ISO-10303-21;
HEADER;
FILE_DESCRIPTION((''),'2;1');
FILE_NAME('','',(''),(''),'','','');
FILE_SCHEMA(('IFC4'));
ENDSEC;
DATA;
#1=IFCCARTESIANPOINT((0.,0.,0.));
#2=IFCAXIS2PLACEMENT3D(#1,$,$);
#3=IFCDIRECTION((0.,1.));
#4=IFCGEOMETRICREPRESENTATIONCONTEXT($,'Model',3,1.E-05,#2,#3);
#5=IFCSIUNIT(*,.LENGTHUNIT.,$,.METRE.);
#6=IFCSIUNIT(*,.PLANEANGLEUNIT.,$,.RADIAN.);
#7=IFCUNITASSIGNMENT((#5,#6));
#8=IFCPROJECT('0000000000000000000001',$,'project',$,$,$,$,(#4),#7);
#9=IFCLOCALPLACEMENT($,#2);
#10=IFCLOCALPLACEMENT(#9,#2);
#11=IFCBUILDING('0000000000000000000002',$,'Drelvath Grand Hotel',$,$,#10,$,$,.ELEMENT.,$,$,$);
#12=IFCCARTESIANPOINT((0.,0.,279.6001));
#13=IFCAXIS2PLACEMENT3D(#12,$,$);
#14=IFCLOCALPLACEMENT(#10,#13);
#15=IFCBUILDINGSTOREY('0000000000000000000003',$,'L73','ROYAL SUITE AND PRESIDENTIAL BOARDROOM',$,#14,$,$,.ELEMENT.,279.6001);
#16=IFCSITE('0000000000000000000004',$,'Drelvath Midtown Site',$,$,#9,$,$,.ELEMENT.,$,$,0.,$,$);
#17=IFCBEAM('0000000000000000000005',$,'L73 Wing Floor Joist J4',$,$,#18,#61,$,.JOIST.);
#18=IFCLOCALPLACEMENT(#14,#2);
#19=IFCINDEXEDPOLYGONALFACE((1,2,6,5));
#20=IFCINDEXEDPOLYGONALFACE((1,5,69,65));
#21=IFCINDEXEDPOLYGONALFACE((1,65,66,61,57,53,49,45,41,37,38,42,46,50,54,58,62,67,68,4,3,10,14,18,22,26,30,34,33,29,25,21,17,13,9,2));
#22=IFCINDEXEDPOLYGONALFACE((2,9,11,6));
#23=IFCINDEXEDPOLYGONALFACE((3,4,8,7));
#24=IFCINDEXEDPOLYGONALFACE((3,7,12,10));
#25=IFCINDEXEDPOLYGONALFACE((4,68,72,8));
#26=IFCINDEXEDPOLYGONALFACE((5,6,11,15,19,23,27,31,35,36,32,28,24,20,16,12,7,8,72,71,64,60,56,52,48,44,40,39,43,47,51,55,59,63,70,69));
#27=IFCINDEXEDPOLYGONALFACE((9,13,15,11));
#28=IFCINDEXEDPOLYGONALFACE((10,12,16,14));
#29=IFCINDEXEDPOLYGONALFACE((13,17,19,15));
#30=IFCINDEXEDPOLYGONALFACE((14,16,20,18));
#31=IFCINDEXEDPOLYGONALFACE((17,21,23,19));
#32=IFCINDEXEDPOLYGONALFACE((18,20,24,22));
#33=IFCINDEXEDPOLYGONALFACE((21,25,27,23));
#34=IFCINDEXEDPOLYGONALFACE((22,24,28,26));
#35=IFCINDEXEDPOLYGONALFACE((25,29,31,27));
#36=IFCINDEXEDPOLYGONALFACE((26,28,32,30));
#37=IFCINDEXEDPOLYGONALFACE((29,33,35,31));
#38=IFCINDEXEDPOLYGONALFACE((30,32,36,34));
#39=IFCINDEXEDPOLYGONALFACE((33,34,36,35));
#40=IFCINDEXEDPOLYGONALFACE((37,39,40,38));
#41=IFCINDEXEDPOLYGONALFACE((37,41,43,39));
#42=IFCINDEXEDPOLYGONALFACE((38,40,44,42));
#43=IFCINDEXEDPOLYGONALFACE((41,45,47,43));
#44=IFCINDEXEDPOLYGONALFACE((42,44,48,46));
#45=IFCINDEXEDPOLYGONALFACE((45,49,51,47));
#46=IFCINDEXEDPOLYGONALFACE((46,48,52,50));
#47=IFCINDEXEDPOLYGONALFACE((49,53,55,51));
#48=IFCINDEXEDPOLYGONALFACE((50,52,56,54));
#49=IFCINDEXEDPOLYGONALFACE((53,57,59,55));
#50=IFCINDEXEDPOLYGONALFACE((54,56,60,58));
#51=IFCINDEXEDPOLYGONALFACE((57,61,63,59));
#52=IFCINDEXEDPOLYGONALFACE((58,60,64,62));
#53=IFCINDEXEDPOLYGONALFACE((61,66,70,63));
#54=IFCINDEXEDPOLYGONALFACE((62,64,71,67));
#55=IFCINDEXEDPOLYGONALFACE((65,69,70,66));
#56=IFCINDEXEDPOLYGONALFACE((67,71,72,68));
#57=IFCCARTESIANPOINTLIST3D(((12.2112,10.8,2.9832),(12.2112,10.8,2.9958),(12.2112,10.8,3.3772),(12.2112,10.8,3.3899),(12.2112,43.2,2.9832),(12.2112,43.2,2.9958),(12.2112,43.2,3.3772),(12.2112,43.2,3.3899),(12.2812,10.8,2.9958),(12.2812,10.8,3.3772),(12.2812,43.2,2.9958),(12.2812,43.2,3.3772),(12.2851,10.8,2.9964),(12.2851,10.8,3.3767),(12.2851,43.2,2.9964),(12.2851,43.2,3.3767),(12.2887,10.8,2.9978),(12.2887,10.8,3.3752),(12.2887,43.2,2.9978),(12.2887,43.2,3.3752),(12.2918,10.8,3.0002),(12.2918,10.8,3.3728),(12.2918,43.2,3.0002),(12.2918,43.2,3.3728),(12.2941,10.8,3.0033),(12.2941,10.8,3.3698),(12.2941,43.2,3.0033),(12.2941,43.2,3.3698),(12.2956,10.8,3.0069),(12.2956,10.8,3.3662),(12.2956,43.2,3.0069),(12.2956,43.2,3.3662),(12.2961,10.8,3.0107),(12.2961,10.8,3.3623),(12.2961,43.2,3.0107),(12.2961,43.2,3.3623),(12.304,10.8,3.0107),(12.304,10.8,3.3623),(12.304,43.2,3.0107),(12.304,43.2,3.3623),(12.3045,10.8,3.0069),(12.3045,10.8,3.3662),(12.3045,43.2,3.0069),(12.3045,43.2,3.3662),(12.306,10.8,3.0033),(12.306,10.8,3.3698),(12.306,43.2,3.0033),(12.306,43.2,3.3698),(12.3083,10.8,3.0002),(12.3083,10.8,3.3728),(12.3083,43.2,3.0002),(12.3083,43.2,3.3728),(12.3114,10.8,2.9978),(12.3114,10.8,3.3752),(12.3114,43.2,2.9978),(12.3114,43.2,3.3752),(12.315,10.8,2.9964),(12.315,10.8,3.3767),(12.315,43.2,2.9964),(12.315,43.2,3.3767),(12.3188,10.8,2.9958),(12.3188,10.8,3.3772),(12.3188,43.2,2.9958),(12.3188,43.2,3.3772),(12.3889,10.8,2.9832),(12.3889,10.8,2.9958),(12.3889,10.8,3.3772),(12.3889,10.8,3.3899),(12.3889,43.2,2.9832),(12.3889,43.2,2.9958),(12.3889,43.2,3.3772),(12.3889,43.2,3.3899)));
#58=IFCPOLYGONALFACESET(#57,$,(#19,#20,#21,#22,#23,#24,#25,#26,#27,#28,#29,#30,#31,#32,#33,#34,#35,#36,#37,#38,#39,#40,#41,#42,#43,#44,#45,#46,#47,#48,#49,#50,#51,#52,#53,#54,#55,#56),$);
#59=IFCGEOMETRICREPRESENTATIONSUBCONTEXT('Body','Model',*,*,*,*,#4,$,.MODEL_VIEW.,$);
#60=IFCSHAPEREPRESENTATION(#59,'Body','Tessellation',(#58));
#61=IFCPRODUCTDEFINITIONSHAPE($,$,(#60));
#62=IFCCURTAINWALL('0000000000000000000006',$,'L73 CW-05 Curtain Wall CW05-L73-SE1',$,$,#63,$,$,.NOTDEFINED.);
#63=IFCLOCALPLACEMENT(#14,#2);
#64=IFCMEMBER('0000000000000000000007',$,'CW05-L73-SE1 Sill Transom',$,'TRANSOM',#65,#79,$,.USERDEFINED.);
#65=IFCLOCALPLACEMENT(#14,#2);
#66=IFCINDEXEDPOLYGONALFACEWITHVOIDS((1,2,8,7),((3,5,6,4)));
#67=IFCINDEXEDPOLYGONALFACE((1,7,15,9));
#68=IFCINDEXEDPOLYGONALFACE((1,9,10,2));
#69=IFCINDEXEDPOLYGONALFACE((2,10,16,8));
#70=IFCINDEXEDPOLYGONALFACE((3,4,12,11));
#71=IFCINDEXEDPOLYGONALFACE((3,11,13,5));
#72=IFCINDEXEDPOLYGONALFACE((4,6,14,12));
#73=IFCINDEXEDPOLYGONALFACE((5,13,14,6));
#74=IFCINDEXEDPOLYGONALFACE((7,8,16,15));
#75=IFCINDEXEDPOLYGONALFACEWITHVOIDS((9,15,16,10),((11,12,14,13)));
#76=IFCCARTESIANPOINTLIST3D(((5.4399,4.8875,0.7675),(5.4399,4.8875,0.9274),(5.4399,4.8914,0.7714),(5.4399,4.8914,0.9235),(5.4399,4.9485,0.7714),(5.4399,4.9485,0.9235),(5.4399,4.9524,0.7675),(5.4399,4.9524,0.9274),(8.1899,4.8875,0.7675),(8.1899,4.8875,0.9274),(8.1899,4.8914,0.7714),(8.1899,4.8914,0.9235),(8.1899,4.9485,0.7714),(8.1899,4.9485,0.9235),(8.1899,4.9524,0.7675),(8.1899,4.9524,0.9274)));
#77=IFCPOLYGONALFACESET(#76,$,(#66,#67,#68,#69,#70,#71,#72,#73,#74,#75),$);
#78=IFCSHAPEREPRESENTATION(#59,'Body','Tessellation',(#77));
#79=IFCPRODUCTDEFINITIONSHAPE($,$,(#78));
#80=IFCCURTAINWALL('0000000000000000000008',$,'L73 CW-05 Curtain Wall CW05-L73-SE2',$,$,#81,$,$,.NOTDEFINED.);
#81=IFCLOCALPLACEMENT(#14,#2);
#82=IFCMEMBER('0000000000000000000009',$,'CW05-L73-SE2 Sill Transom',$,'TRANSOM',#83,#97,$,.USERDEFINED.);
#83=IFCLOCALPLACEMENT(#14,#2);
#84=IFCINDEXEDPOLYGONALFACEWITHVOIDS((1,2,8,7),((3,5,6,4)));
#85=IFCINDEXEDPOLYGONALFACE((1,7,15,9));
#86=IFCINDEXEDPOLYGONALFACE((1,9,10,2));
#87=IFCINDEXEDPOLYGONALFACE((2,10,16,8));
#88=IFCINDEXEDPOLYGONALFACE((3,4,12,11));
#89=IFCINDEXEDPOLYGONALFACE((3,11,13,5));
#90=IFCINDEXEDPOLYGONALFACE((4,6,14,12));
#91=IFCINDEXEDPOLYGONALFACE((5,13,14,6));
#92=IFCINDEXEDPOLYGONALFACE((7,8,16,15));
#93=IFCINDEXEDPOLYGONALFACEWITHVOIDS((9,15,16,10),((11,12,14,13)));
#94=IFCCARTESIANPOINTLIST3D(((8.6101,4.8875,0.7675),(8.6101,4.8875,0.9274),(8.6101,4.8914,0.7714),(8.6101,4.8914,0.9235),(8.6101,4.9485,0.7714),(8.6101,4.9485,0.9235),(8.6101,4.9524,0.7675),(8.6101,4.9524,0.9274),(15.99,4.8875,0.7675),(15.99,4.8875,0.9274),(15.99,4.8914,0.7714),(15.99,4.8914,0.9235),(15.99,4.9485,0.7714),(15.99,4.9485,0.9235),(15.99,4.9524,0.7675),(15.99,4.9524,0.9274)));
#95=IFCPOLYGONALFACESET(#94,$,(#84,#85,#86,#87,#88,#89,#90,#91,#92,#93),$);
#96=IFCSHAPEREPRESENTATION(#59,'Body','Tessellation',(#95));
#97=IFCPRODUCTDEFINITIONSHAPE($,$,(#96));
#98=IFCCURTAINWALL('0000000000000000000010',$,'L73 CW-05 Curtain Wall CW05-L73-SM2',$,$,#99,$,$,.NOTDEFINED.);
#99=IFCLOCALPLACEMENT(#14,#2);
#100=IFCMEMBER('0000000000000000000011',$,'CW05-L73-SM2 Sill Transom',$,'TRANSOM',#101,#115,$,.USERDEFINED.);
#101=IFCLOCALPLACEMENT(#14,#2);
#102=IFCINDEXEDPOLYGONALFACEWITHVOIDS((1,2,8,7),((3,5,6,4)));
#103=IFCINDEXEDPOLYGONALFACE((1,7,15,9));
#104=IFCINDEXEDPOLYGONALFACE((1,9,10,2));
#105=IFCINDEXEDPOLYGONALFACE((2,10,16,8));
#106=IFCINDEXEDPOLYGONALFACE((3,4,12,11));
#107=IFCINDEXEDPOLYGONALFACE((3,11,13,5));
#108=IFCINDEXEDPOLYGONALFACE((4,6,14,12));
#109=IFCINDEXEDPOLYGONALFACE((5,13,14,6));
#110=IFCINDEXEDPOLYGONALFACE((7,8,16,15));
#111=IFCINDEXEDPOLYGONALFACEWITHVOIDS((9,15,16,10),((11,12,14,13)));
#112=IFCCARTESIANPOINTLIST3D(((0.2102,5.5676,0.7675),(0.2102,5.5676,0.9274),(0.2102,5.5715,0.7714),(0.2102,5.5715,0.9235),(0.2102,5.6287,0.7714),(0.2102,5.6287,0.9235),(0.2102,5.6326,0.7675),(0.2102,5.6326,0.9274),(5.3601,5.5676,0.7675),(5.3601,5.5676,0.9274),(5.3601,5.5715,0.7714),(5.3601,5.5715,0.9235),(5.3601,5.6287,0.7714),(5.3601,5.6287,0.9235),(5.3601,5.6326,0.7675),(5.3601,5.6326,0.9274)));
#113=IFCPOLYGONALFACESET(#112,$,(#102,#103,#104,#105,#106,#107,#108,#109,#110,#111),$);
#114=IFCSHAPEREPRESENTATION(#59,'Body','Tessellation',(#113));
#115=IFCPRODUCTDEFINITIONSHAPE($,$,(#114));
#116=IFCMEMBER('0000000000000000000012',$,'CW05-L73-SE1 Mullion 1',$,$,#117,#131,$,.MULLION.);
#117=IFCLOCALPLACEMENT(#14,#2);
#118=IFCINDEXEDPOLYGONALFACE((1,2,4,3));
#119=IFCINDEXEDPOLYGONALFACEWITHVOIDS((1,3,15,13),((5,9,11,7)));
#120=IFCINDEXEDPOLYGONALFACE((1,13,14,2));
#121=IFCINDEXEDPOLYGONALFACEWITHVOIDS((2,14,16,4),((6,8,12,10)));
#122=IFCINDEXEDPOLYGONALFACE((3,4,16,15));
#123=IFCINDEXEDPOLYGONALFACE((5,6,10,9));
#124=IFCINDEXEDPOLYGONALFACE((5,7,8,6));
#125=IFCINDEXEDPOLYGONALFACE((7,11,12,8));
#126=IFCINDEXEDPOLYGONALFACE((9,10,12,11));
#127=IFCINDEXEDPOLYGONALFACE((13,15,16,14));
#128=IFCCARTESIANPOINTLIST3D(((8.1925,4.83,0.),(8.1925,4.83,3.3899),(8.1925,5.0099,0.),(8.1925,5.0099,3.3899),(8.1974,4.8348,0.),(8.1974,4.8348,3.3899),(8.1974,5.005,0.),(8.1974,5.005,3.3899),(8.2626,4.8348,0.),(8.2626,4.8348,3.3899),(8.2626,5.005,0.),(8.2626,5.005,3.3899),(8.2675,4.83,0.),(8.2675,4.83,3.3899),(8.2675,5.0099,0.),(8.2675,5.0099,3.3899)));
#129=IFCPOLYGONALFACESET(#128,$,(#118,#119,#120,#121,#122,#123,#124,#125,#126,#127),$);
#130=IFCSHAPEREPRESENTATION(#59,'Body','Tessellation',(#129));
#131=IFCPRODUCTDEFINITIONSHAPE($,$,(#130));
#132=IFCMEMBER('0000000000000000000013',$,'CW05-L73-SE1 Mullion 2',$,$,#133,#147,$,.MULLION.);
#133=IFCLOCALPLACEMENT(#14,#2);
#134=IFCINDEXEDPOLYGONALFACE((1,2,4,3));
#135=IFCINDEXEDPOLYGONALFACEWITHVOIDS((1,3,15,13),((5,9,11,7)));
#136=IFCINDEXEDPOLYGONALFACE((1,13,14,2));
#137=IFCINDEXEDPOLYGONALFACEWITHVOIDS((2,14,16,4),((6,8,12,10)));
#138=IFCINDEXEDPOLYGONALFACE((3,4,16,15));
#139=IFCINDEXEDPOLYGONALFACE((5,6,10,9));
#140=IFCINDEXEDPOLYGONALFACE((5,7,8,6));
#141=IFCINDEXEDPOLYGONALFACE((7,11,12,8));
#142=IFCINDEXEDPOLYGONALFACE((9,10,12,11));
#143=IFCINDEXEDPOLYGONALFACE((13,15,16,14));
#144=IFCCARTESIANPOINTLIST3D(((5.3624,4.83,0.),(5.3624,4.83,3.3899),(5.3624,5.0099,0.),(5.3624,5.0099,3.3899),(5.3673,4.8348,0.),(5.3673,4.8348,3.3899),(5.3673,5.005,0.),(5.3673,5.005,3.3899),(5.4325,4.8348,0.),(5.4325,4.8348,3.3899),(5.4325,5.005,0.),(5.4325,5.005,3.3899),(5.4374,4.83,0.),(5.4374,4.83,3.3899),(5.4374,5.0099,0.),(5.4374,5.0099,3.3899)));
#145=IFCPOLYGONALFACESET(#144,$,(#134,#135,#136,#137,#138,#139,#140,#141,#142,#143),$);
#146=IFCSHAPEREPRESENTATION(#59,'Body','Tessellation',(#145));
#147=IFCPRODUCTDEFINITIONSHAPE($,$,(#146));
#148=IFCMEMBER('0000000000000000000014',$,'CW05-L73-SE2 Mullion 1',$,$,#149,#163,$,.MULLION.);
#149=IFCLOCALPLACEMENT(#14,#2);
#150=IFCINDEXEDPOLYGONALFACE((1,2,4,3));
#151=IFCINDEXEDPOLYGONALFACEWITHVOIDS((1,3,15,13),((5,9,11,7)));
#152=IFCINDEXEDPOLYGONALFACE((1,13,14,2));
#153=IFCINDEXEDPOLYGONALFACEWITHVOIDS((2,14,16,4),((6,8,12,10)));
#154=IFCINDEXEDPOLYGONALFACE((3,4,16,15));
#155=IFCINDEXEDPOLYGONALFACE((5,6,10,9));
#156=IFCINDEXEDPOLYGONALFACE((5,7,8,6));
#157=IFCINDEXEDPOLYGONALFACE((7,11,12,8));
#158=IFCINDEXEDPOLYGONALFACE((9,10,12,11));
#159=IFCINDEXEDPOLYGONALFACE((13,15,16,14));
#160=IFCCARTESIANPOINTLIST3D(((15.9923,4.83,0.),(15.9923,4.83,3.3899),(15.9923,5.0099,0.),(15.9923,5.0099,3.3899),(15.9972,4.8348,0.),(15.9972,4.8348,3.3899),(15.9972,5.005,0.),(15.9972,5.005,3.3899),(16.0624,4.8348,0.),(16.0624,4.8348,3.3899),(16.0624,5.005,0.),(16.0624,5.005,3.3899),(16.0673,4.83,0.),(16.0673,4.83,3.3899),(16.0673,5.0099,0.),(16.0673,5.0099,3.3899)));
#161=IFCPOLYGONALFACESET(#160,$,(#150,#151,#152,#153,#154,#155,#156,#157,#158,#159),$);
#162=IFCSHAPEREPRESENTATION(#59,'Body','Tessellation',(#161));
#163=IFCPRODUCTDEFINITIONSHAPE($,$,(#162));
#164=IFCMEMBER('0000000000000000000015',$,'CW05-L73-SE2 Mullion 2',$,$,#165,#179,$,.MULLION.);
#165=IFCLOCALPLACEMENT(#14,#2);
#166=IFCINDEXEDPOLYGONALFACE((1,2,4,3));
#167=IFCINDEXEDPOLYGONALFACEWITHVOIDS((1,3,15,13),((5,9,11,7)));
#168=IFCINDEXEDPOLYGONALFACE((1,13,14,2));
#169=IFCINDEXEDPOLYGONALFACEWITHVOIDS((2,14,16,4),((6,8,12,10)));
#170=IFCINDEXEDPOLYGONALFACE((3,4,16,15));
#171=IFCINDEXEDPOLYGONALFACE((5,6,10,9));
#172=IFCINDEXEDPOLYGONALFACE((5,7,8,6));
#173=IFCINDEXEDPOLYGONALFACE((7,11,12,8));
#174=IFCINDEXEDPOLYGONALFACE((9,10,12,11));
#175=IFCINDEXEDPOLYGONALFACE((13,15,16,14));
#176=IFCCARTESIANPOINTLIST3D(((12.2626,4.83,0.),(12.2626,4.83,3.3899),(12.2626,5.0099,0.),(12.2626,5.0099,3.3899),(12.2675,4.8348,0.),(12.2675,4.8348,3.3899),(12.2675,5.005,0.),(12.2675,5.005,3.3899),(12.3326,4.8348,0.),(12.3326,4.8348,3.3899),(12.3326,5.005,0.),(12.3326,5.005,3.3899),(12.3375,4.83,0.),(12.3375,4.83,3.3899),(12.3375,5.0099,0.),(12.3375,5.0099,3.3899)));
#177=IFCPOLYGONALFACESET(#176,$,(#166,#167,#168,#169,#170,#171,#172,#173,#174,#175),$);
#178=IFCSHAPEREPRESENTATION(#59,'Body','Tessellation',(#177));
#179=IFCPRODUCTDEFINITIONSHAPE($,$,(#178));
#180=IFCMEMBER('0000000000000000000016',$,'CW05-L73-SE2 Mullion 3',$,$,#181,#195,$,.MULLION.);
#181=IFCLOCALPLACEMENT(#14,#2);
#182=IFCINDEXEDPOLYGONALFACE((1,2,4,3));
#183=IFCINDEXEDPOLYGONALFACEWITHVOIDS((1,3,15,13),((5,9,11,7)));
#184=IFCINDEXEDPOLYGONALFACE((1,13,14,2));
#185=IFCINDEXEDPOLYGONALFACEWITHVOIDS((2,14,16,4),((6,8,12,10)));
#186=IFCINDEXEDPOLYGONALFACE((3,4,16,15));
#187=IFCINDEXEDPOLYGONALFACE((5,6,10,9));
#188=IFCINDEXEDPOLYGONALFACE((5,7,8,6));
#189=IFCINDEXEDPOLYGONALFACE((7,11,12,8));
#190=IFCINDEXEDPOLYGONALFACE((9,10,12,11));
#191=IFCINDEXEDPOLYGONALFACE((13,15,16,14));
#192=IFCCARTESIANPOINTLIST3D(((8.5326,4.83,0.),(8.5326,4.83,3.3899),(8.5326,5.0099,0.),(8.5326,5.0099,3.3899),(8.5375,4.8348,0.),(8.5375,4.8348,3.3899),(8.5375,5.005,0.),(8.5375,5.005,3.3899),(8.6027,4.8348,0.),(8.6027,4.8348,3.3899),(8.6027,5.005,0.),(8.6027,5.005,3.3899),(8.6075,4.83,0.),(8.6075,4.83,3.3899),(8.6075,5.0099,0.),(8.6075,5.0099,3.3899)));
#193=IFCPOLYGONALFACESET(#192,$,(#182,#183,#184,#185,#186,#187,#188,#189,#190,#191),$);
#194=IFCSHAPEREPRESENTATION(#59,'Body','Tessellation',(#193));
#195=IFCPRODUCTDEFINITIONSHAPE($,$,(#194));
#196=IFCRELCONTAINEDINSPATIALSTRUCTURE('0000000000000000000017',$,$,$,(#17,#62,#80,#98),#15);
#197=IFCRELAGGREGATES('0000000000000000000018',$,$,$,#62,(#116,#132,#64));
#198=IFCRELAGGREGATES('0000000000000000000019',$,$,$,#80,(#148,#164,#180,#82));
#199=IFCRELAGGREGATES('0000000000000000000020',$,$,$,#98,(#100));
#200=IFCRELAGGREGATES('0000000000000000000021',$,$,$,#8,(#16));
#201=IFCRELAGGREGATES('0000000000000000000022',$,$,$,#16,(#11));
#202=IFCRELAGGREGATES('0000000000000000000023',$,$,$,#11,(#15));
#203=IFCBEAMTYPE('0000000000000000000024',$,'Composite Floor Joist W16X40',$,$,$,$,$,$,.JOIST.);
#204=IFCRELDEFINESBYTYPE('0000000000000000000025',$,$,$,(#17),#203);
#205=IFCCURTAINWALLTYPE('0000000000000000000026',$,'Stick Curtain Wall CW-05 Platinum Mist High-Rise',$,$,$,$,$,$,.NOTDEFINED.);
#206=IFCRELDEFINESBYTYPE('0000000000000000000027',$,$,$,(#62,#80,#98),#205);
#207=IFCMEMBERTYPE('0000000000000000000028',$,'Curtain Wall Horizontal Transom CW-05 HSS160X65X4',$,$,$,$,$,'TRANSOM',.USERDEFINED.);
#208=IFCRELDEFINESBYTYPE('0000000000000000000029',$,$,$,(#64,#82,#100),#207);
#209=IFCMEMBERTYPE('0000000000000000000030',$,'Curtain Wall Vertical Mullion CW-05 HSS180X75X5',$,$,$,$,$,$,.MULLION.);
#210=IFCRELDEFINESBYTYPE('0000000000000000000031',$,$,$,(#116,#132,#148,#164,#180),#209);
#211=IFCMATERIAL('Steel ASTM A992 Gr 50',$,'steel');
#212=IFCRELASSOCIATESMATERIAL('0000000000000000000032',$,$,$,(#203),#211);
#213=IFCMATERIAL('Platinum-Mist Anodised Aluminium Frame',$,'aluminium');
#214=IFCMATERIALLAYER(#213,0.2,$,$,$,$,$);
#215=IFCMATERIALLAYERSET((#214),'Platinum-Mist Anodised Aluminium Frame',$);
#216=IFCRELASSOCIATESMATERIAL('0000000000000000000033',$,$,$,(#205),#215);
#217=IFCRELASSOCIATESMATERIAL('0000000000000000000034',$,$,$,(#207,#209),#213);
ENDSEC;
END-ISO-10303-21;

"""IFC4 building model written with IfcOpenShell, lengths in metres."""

from ifc_helpers import new_model, si_unit, direction, frame, origin, origin_2d, place, context, subcontext, project, spatial, hollow_rectangle, i_section, extrude, material, layer, layer_set, material_profile, profile_set, type_object, element, aggregate, save


model = new_model("IFC4")

# Units and contexts
model_context = context("Model", 3, precision=1e-05, world=origin(), true_north=direction((0.0, 1.0)))
body_context = subcontext(model_context, "Body", "Model", "MODEL_VIEW")
ifc_project = project(units=[si_unit("LENGTHUNIT", "METRE"), si_unit("PLANEANGLEUNIT", "RADIAN")], contexts=[model_context])

# Site, building, storey
site_placement = place(None, origin())
site = spatial("IfcSite", under=ifc_project, at=site_placement, Name="Drelvath Midtown Site", CompositionType="ELEMENT", RefElevation=0.0)
building_placement = place(site_placement, origin())
building = spatial("IfcBuilding", under=site, at=building_placement, Name="Drelvath Grand Hotel", CompositionType="ELEMENT")
storey_placement = place(building_placement, frame((0.0, 0.0, 279.6001)))
storey = spatial("IfcBuildingStorey", under=building, at=storey_placement, Name="L73", Description="ROYAL SUITE AND PRESIDENTIAL BOARDROOM", CompositionType="ELEMENT", Elevation=279.6001)

# Beam
ifc_material_1 = material(Name="Steel ASTM A992 Gr 50", Category="steel")
ifc_material_profile_1 = material_profile(ifc_material_1, i_section(OverallWidth=0.1777, OverallDepth=0.4067, WebThickness=0.0078, FlangeThickness=0.0127, FilletRadius=0.0149, at=origin_2d()), Name="W16X40")
ifc_profile_set_1 = profile_set([ifc_material_profile_1], Name="Steel ASTM A992 Gr 50")
beam_type_1 = type_object("IfcBeamType", Name="Composite Floor Joist W16X40", PredefinedType="JOIST", material=ifc_profile_set_1)
beam_1_placement = place(storey_placement, frame((12.3, 10.8, 3.1865), z_axis=(0.0, 1.0, 0.0), x_axis=(-1.0, 0.0, 0.0)))
element("IfcBeam", 1, at=beam_1_placement, inside=storey, type_object=beam_type_1, Name="L73 Wing Floor Joist J4", PredefinedType="JOIST", context=body_context, shape_type="SweptSolid", body=[
    extrude(i_section(OverallWidth=0.1777, OverallDepth=0.4067, WebThickness=0.0078, FlangeThickness=0.0127, FilletRadius=0.0149, at=origin_2d()), origin(), (0.0, 0.0, 1.0), 32.3999),
])

# Curtain walls, members
ifc_material_2 = material(Name="Platinum-Mist Anodised Aluminium Frame", Category="aluminium")
ifc_layer_1 = layer(ifc_material_2, 0.2)
ifc_layer_set_1 = layer_set([ifc_layer_1], Name="Platinum-Mist Anodised Aluminium Frame")
curtain_wall_type = type_object("IfcCurtainWallType", Name="Stick Curtain Wall CW-05 Platinum Mist High-Rise", PredefinedType="NOTDEFINED", material=ifc_layer_set_1)
curtain_wall_1_placement = place(storey_placement, origin())
curtain_wall_1 = element("IfcCurtainWall", 2, at=curtain_wall_1_placement, inside=storey, type_object=curtain_wall_type, Name="L73 CW-05 Curtain Wall CW05-L73-SE1", PredefinedType="NOTDEFINED")
ifc_material_profile_2 = material_profile(ifc_material_2, hollow_rectangle(XDim=0.0649, YDim=0.1599, WallThickness=0.0039, at=origin_2d()), Name="HSS160X65X4")
ifc_profile_set_2 = profile_set([ifc_material_profile_2], Name="Platinum-Mist Anodised Aluminium Frame")
member_type_1 = type_object("IfcMemberType", Name="Curtain Wall Horizontal Transom CW-05 HSS160X65X4", ElementType="TRANSOM", PredefinedType="USERDEFINED", material=ifc_profile_set_2)
member_1_placement = place(storey_placement, frame((8.1899, 4.9199, 0.8474), z_axis=(-1.0, 0.0, 0.0), x_axis=(0.0, -1.0, 0.0)))
member_1 = element("IfcMember", 3, at=member_1_placement, type_object=member_type_1, Name="CW05-L73-SE1 Sill Transom", ObjectType="TRANSOM", PredefinedType="USERDEFINED", context=body_context, shape_type="SweptSolid", body=[
    extrude(hollow_rectangle(XDim=0.0649, YDim=0.1599, WallThickness=0.0039, at=origin_2d()), origin(), (0.0, 0.0, 1.0), 2.75),
])
curtain_wall_2_placement = place(storey_placement, origin())
curtain_wall_2 = element("IfcCurtainWall", 4, at=curtain_wall_2_placement, inside=storey, type_object=curtain_wall_type, Name="L73 CW-05 Curtain Wall CW05-L73-SE2", PredefinedType="NOTDEFINED")
member_2_placement = place(storey_placement, frame((15.99, 4.9199, 0.8474), z_axis=(-1.0, 0.0, 0.0), x_axis=(0.0, -1.0, 0.0)))
member_2 = element("IfcMember", 5, at=member_2_placement, type_object=member_type_1, Name="CW05-L73-SE2 Sill Transom", ObjectType="TRANSOM", PredefinedType="USERDEFINED", context=body_context, shape_type="SweptSolid", body=[
    extrude(hollow_rectangle(XDim=0.0649, YDim=0.1599, WallThickness=0.0039, at=origin_2d()), origin(), (0.0, 0.0, 1.0), 7.3799),
])
curtain_wall_3_placement = place(storey_placement, origin())
curtain_wall_3 = element("IfcCurtainWall", 6, at=curtain_wall_3_placement, inside=storey, type_object=curtain_wall_type, Name="L73 CW-05 Curtain Wall CW05-L73-SM2", PredefinedType="NOTDEFINED")
member_3_placement = place(storey_placement, frame((5.3601, 5.6001, 0.8474), z_axis=(-1.0, 0.0, 0.0), x_axis=(0.0, -1.0, 0.0)))
member_3 = element("IfcMember", 7, at=member_3_placement, type_object=member_type_1, Name="CW05-L73-SM2 Sill Transom", ObjectType="TRANSOM", PredefinedType="USERDEFINED", context=body_context, shape_type="SweptSolid", body=[
    extrude(hollow_rectangle(XDim=0.0649, YDim=0.1599, WallThickness=0.0039, at=origin_2d()), origin(), (0.0, 0.0, 1.0), 5.1499),
])

# Members
ifc_material_profile_3 = material_profile(ifc_material_2, hollow_rectangle(XDim=0.075, YDim=0.1799, WallThickness=0.0049, at=origin_2d()), Name="HSS180X75X5")
ifc_profile_set_3 = profile_set([ifc_material_profile_3], Name="Platinum-Mist Anodised Aluminium Frame")
member_type_2 = type_object("IfcMemberType", Name="Curtain Wall Vertical Mullion CW-05 HSS180X75X5", PredefinedType="MULLION", material=ifc_profile_set_3)
member_4_placement = place(storey_placement, frame((8.23, 4.9199, 0.0), z_axis=(0.0, 0.0, 1.0), x_axis=(1.0, 0.0, 0.0)))
member_4 = element("IfcMember", 8, at=member_4_placement, type_object=member_type_2, Name="CW05-L73-SE1 Mullion 1", PredefinedType="MULLION", context=body_context, shape_type="SweptSolid", body=[
    extrude(hollow_rectangle(XDim=0.075, YDim=0.1799, WallThickness=0.0049, at=origin_2d()), origin(), (0.0, 0.0, 1.0), 3.3899),
])
member_5_placement = place(storey_placement, frame((5.3999, 4.9199, 0.0), z_axis=(0.0, 0.0, 1.0), x_axis=(1.0, 0.0, 0.0)))
member_5 = element("IfcMember", 9, at=member_5_placement, type_object=member_type_2, Name="CW05-L73-SE1 Mullion 2", PredefinedType="MULLION", context=body_context, shape_type="SweptSolid", body=[
    extrude(hollow_rectangle(XDim=0.075, YDim=0.1799, WallThickness=0.0049, at=origin_2d()), origin(), (0.0, 0.0, 1.0), 3.3899),
])
member_6_placement = place(storey_placement, frame((16.0298, 4.9199, 0.0), z_axis=(0.0, 0.0, 1.0), x_axis=(1.0, 0.0, 0.0)))
member_6 = element("IfcMember", 10, at=member_6_placement, type_object=member_type_2, Name="CW05-L73-SE2 Mullion 1", PredefinedType="MULLION", context=body_context, shape_type="SweptSolid", body=[
    extrude(hollow_rectangle(XDim=0.075, YDim=0.1799, WallThickness=0.0049, at=origin_2d()), origin(), (0.0, 0.0, 1.0), 3.3899),
])
member_7_placement = place(storey_placement, frame((12.3, 4.9199, 0.0), z_axis=(0.0, 0.0, 1.0), x_axis=(1.0, 0.0, 0.0)))
member_7 = element("IfcMember", 11, at=member_7_placement, type_object=member_type_2, Name="CW05-L73-SE2 Mullion 2", PredefinedType="MULLION", context=body_context, shape_type="SweptSolid", body=[
    extrude(hollow_rectangle(XDim=0.075, YDim=0.1799, WallThickness=0.0049, at=origin_2d()), origin(), (0.0, 0.0, 1.0), 3.3899),
])
member_8_placement = place(storey_placement, frame((8.5701, 4.9199, 0.0), z_axis=(0.0, 0.0, 1.0), x_axis=(1.0, 0.0, 0.0)))
member_8 = element("IfcMember", 12, at=member_8_placement, type_object=member_type_2, Name="CW05-L73-SE2 Mullion 3", PredefinedType="MULLION", context=body_context, shape_type="SweptSolid", body=[
    extrude(hollow_rectangle(XDim=0.075, YDim=0.1799, WallThickness=0.0049, at=origin_2d()), origin(), (0.0, 0.0, 1.0), 3.3899),
])

aggregate(curtain_wall_1, [member_4, member_5, member_1])
aggregate(curtain_wall_2, [member_6, member_7, member_8, member_2])
aggregate(curtain_wall_3, [member_3])

save(model, "model.ifc")
